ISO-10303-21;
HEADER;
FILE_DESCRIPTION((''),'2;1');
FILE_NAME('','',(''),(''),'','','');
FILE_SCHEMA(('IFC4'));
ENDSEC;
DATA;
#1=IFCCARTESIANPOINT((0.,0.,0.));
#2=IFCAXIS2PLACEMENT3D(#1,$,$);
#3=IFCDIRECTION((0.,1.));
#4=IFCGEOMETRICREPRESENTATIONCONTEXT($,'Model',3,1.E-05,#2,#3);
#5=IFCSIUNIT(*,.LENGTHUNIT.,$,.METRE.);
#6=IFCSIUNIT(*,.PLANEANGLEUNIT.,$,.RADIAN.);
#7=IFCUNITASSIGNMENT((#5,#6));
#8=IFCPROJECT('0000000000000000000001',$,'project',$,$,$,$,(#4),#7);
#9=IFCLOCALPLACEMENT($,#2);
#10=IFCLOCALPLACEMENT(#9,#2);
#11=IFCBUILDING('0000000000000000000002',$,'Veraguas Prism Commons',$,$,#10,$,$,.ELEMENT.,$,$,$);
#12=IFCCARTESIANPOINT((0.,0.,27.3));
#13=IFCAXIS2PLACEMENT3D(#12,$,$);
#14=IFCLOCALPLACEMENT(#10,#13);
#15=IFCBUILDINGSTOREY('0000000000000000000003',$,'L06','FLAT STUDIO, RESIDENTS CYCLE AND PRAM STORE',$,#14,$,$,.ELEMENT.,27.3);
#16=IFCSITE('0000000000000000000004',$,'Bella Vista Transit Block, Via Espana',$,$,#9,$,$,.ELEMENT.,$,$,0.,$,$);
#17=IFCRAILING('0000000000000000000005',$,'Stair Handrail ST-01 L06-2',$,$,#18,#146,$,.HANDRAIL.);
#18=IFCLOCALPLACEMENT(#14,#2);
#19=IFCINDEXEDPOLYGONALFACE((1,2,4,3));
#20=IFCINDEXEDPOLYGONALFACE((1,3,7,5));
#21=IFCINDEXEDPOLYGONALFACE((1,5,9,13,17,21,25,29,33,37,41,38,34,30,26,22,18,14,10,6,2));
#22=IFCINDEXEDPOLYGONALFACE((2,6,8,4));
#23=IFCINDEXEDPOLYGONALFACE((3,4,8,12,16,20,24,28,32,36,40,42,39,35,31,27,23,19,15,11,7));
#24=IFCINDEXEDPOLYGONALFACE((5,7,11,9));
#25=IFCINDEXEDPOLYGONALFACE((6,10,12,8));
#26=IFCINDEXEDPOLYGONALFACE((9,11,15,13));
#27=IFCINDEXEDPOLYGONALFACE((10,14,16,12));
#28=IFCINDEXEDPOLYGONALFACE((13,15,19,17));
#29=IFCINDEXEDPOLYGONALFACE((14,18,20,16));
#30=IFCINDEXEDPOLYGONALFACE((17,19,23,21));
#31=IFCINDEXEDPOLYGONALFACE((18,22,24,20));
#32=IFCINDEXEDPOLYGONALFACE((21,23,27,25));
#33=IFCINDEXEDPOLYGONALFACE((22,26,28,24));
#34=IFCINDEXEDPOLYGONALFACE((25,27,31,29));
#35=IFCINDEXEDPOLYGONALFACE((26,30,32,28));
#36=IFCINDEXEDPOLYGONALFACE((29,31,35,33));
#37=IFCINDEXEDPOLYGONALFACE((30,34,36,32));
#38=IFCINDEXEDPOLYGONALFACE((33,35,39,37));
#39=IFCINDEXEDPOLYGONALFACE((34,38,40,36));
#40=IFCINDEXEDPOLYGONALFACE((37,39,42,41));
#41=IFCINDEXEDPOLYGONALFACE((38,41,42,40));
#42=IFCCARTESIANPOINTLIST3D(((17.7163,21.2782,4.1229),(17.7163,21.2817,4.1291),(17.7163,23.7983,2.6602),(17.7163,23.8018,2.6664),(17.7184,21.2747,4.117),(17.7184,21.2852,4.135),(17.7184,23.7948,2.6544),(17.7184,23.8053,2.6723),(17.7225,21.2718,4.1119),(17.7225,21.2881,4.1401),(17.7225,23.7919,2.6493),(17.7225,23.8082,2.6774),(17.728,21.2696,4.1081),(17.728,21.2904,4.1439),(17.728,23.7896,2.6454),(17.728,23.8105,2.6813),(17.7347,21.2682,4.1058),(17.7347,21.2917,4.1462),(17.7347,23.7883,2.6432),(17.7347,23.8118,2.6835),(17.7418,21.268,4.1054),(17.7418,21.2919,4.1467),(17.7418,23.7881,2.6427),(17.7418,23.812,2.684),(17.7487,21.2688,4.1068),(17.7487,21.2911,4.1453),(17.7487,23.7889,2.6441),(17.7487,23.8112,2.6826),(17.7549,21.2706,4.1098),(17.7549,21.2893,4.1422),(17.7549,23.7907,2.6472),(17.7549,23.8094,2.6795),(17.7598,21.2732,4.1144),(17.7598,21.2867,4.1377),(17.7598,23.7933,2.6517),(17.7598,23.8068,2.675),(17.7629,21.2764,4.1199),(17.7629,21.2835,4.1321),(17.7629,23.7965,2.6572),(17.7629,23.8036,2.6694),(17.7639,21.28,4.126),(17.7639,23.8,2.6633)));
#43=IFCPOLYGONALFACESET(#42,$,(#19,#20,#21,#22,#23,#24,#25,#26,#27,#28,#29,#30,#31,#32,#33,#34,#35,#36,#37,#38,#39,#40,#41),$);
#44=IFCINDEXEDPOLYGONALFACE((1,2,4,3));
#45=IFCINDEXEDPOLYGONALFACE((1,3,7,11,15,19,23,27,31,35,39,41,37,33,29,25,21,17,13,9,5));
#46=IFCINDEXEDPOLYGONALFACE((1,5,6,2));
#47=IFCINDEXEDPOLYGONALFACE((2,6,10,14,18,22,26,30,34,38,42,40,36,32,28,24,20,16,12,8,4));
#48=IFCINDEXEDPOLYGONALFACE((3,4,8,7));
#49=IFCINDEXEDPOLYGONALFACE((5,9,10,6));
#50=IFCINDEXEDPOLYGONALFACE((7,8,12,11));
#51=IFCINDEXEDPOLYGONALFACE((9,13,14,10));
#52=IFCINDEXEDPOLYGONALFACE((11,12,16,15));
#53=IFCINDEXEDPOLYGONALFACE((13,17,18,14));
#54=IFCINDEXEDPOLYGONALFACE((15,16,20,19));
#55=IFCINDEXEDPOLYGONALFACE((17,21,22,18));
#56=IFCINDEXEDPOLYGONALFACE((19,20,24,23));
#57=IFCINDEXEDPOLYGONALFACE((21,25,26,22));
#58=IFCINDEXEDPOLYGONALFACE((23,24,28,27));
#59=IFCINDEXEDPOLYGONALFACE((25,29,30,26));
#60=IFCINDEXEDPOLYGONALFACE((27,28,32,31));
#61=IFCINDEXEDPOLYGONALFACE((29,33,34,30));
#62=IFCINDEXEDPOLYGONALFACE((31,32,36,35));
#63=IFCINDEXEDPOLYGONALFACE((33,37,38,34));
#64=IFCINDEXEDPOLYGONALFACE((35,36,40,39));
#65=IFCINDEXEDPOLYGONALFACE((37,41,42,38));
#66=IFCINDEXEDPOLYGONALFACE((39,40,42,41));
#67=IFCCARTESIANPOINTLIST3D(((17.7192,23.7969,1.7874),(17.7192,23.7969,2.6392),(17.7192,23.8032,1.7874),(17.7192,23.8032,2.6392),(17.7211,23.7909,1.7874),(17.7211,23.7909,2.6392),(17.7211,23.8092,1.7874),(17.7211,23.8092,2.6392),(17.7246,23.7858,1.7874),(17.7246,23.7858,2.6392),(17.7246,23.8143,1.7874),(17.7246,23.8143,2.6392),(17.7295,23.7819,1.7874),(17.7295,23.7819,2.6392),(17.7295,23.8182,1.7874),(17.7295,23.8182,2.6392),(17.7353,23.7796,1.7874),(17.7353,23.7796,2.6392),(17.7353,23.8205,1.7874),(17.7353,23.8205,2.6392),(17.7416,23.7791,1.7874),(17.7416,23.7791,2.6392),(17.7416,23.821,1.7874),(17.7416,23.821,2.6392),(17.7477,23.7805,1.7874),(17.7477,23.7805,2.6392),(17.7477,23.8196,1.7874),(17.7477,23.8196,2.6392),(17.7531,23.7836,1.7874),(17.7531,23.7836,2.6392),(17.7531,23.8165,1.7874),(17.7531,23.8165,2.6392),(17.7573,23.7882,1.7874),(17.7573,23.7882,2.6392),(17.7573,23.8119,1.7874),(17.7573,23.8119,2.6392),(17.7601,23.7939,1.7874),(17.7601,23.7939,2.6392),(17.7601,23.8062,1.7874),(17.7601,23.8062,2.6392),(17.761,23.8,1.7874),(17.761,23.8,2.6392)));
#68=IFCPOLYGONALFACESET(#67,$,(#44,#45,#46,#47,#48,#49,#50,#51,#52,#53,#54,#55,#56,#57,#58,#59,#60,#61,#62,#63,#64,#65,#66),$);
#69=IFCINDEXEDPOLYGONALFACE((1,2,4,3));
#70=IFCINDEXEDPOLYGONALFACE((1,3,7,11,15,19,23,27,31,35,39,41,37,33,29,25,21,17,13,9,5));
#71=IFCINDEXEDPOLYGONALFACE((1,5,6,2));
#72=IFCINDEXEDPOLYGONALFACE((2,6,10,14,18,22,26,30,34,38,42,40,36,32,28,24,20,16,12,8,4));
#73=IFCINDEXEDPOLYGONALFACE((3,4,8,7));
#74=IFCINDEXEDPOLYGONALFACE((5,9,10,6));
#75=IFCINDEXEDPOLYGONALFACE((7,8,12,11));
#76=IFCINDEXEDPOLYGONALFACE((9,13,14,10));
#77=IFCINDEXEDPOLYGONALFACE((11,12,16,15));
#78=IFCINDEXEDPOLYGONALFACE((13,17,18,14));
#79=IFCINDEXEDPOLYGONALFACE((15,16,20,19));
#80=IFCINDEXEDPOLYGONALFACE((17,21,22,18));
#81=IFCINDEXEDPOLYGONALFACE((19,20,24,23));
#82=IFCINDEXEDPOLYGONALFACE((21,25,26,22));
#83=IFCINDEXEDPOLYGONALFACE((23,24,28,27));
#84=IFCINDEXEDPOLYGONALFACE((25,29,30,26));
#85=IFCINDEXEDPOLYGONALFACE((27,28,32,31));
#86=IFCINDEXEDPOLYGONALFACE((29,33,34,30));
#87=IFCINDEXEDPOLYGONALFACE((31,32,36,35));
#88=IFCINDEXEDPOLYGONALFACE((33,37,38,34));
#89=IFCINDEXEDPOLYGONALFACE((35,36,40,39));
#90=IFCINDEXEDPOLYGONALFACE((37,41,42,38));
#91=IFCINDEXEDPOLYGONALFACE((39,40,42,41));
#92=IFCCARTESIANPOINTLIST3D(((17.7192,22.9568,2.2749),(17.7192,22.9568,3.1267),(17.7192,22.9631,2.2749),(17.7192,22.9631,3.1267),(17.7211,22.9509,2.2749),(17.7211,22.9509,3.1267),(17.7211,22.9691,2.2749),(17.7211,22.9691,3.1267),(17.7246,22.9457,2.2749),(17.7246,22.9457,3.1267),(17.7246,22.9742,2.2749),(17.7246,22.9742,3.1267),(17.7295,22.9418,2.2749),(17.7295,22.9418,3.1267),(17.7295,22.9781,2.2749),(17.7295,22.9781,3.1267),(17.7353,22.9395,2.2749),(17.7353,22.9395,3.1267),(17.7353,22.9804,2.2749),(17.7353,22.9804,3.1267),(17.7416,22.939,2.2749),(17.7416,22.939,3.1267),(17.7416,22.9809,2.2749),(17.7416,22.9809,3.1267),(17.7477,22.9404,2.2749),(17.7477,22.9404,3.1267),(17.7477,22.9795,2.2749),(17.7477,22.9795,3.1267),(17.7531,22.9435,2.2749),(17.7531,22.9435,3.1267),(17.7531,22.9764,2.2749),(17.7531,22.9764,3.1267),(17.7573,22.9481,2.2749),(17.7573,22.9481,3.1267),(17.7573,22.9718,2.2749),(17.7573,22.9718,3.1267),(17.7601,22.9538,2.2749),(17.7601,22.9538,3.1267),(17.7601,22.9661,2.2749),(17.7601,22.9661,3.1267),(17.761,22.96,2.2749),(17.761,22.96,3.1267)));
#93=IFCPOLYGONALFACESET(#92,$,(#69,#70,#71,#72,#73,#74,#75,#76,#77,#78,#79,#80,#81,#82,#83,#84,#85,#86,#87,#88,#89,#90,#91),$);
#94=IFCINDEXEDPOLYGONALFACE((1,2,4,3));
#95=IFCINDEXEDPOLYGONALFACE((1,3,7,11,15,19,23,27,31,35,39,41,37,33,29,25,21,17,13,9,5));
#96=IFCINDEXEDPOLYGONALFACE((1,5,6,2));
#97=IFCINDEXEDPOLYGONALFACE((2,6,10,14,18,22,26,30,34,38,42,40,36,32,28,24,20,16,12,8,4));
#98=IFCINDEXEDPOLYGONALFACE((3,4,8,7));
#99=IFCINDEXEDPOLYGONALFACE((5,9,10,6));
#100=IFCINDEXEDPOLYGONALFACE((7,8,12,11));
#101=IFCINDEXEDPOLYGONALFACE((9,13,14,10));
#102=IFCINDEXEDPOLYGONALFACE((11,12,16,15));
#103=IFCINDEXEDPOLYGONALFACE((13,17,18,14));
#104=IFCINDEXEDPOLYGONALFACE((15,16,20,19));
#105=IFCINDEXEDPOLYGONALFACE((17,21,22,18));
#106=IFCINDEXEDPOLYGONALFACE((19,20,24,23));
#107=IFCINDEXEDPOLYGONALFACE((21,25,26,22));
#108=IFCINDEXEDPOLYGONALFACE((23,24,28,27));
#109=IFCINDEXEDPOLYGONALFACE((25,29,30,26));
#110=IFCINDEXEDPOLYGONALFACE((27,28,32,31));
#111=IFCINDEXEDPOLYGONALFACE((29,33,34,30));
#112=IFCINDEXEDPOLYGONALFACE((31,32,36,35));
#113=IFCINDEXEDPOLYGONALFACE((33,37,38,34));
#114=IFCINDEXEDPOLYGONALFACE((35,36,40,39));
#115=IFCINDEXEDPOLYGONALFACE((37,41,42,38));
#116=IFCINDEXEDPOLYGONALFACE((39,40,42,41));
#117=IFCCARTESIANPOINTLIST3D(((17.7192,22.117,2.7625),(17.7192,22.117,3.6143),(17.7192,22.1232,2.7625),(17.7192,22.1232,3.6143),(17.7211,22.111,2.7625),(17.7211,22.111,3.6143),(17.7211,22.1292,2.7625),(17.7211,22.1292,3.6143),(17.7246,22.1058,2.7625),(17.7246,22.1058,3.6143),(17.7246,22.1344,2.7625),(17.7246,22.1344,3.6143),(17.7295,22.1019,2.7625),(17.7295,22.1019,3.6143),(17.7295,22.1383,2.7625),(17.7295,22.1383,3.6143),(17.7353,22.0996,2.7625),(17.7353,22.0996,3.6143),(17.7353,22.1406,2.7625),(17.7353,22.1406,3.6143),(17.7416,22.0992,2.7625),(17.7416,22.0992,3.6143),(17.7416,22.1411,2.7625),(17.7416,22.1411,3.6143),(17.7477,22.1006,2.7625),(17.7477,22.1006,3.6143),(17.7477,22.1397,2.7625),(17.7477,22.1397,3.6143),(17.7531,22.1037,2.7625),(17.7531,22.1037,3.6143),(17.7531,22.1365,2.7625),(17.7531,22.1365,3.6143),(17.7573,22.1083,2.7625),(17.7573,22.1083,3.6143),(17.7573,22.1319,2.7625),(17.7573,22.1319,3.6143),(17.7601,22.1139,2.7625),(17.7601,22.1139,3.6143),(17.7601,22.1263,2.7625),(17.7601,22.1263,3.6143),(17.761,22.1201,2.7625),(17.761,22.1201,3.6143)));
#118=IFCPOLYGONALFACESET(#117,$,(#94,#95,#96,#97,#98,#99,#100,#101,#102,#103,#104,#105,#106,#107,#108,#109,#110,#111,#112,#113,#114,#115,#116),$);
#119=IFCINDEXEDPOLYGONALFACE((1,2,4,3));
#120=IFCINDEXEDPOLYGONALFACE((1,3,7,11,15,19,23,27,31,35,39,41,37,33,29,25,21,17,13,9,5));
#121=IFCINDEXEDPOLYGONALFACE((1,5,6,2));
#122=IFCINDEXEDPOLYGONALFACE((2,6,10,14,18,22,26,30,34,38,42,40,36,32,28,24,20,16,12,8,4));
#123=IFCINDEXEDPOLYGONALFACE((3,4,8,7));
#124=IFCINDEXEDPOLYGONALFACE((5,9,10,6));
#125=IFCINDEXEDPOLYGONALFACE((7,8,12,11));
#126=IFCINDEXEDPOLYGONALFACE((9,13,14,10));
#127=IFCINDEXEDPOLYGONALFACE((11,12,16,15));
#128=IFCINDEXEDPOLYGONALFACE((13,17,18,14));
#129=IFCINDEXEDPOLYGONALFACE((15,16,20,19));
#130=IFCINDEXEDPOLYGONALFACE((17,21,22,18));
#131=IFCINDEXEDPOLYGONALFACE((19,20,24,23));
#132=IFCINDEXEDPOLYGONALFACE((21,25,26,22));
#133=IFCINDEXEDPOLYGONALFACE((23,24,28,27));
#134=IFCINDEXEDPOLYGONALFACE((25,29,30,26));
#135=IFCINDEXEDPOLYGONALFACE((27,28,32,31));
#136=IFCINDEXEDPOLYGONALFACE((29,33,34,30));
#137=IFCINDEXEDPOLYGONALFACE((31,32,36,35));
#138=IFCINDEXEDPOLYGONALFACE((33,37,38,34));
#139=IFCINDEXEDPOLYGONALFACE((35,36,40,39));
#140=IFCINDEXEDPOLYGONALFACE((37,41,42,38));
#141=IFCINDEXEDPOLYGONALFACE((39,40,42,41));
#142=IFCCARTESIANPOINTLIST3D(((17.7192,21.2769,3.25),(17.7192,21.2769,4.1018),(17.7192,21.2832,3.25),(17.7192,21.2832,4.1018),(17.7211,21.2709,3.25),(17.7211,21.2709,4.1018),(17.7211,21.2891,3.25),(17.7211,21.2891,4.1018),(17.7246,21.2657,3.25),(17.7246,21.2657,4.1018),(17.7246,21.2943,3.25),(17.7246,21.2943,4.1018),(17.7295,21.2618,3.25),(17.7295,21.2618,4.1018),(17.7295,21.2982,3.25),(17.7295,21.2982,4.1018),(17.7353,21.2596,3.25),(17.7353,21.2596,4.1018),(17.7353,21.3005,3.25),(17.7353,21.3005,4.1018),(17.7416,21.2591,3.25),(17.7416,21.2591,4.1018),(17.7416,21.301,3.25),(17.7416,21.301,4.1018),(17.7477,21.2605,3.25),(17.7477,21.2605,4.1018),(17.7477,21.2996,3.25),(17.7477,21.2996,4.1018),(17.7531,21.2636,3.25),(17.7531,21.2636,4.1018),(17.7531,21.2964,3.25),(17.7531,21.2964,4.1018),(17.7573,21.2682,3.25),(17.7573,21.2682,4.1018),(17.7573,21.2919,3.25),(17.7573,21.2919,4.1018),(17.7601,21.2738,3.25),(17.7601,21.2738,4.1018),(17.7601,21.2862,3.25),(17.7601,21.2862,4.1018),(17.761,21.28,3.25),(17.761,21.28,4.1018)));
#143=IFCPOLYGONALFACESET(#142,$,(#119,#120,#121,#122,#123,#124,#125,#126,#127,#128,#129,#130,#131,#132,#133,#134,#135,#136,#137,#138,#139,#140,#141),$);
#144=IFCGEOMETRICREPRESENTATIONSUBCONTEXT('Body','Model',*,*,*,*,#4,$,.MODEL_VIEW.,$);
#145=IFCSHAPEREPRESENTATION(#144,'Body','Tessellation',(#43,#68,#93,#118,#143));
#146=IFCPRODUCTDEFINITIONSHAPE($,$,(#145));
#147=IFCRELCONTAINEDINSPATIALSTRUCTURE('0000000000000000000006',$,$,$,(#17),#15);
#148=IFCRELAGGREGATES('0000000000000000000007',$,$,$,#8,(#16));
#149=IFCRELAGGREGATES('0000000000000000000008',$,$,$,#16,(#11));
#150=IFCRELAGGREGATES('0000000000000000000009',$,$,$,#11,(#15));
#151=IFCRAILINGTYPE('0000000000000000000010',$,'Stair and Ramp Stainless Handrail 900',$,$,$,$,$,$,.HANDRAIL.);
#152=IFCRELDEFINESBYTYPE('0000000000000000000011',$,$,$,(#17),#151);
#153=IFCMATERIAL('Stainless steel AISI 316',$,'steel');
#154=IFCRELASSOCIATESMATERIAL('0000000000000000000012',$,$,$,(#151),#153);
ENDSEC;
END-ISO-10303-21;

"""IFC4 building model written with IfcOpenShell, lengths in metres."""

from ifc_helpers import new_model, si_unit, direction, frame, origin, origin_2d, place, context, subcontext, project, spatial, circle, extrude, material, type_object, element, save


model = new_model("IFC4")

# Units and contexts
model_context = context("Model", 3, precision=1e-05, world=origin(), true_north=direction((0.0, 1.0)))
body_context = subcontext(model_context, "Body", "Model", "MODEL_VIEW")
ifc_project = project(units=[si_unit("LENGTHUNIT", "METRE"), si_unit("PLANEANGLEUNIT", "RADIAN")], contexts=[model_context])

# Site, building, storey
site_placement = place(None, origin())
site = spatial("IfcSite", under=ifc_project, at=site_placement, Name="Bella Vista Transit Block, Via Espana", CompositionType="ELEMENT", RefElevation=0.0)
building_placement = place(site_placement, origin())
building = spatial("IfcBuilding", under=site, at=building_placement, Name="Veraguas Prism Commons", CompositionType="ELEMENT")
storey_placement = place(building_placement, frame((0.0, 0.0, 27.3)))
storey = spatial("IfcBuildingStorey", under=building, at=storey_placement, Name="L06", Description="FLAT STUDIO, RESIDENTS CYCLE AND PRAM STORE", CompositionType="ELEMENT", Elevation=27.3)

# Railing
ifc_material_1 = material(Name="Stainless steel AISI 316", Category="steel")
railing_type_1 = type_object("IfcRailingType", Name="Stair and Ramp Stainless Handrail 900", PredefinedType="HANDRAIL", material=ifc_material_1)
railing_1_placement = place(storey_placement, frame((17.74, 23.8, 1.7874)))
element("IfcRailing", 1, at=railing_1_placement, inside=storey, type_object=railing_type_1, Name="Stair Handrail ST-01 L06-2", PredefinedType="HANDRAIL", context=body_context, shape_type="SweptSolid", body=[
    extrude(circle(Radius=0.0239, at=origin_2d()), frame((0.0, 0.0, 0.876), z_axis=(0.0, -0.864877, 0.501984), x_axis=(1.0, 0.0, 0.0)), (0.0, 0.0, 1.0), 2.9138),
    extrude(circle(Radius=0.021, at=origin_2d()), origin(), (0.0, 0.0, 1.0), 0.8518),
    extrude(circle(Radius=0.021, at=origin_2d()), frame((0.0, -0.8401, 0.4875)), (0.0, 0.0, 1.0), 0.8518),
    extrude(circle(Radius=0.021, at=origin_2d()), frame((0.0, -1.6799, 0.9751)), (0.0, 0.0, 1.0), 0.8518),
    extrude(circle(Radius=0.021, at=origin_2d()), frame((0.0, -2.52, 1.4626)), (0.0, 0.0, 1.0), 0.8518),
])

save(model, "model.ifc")
